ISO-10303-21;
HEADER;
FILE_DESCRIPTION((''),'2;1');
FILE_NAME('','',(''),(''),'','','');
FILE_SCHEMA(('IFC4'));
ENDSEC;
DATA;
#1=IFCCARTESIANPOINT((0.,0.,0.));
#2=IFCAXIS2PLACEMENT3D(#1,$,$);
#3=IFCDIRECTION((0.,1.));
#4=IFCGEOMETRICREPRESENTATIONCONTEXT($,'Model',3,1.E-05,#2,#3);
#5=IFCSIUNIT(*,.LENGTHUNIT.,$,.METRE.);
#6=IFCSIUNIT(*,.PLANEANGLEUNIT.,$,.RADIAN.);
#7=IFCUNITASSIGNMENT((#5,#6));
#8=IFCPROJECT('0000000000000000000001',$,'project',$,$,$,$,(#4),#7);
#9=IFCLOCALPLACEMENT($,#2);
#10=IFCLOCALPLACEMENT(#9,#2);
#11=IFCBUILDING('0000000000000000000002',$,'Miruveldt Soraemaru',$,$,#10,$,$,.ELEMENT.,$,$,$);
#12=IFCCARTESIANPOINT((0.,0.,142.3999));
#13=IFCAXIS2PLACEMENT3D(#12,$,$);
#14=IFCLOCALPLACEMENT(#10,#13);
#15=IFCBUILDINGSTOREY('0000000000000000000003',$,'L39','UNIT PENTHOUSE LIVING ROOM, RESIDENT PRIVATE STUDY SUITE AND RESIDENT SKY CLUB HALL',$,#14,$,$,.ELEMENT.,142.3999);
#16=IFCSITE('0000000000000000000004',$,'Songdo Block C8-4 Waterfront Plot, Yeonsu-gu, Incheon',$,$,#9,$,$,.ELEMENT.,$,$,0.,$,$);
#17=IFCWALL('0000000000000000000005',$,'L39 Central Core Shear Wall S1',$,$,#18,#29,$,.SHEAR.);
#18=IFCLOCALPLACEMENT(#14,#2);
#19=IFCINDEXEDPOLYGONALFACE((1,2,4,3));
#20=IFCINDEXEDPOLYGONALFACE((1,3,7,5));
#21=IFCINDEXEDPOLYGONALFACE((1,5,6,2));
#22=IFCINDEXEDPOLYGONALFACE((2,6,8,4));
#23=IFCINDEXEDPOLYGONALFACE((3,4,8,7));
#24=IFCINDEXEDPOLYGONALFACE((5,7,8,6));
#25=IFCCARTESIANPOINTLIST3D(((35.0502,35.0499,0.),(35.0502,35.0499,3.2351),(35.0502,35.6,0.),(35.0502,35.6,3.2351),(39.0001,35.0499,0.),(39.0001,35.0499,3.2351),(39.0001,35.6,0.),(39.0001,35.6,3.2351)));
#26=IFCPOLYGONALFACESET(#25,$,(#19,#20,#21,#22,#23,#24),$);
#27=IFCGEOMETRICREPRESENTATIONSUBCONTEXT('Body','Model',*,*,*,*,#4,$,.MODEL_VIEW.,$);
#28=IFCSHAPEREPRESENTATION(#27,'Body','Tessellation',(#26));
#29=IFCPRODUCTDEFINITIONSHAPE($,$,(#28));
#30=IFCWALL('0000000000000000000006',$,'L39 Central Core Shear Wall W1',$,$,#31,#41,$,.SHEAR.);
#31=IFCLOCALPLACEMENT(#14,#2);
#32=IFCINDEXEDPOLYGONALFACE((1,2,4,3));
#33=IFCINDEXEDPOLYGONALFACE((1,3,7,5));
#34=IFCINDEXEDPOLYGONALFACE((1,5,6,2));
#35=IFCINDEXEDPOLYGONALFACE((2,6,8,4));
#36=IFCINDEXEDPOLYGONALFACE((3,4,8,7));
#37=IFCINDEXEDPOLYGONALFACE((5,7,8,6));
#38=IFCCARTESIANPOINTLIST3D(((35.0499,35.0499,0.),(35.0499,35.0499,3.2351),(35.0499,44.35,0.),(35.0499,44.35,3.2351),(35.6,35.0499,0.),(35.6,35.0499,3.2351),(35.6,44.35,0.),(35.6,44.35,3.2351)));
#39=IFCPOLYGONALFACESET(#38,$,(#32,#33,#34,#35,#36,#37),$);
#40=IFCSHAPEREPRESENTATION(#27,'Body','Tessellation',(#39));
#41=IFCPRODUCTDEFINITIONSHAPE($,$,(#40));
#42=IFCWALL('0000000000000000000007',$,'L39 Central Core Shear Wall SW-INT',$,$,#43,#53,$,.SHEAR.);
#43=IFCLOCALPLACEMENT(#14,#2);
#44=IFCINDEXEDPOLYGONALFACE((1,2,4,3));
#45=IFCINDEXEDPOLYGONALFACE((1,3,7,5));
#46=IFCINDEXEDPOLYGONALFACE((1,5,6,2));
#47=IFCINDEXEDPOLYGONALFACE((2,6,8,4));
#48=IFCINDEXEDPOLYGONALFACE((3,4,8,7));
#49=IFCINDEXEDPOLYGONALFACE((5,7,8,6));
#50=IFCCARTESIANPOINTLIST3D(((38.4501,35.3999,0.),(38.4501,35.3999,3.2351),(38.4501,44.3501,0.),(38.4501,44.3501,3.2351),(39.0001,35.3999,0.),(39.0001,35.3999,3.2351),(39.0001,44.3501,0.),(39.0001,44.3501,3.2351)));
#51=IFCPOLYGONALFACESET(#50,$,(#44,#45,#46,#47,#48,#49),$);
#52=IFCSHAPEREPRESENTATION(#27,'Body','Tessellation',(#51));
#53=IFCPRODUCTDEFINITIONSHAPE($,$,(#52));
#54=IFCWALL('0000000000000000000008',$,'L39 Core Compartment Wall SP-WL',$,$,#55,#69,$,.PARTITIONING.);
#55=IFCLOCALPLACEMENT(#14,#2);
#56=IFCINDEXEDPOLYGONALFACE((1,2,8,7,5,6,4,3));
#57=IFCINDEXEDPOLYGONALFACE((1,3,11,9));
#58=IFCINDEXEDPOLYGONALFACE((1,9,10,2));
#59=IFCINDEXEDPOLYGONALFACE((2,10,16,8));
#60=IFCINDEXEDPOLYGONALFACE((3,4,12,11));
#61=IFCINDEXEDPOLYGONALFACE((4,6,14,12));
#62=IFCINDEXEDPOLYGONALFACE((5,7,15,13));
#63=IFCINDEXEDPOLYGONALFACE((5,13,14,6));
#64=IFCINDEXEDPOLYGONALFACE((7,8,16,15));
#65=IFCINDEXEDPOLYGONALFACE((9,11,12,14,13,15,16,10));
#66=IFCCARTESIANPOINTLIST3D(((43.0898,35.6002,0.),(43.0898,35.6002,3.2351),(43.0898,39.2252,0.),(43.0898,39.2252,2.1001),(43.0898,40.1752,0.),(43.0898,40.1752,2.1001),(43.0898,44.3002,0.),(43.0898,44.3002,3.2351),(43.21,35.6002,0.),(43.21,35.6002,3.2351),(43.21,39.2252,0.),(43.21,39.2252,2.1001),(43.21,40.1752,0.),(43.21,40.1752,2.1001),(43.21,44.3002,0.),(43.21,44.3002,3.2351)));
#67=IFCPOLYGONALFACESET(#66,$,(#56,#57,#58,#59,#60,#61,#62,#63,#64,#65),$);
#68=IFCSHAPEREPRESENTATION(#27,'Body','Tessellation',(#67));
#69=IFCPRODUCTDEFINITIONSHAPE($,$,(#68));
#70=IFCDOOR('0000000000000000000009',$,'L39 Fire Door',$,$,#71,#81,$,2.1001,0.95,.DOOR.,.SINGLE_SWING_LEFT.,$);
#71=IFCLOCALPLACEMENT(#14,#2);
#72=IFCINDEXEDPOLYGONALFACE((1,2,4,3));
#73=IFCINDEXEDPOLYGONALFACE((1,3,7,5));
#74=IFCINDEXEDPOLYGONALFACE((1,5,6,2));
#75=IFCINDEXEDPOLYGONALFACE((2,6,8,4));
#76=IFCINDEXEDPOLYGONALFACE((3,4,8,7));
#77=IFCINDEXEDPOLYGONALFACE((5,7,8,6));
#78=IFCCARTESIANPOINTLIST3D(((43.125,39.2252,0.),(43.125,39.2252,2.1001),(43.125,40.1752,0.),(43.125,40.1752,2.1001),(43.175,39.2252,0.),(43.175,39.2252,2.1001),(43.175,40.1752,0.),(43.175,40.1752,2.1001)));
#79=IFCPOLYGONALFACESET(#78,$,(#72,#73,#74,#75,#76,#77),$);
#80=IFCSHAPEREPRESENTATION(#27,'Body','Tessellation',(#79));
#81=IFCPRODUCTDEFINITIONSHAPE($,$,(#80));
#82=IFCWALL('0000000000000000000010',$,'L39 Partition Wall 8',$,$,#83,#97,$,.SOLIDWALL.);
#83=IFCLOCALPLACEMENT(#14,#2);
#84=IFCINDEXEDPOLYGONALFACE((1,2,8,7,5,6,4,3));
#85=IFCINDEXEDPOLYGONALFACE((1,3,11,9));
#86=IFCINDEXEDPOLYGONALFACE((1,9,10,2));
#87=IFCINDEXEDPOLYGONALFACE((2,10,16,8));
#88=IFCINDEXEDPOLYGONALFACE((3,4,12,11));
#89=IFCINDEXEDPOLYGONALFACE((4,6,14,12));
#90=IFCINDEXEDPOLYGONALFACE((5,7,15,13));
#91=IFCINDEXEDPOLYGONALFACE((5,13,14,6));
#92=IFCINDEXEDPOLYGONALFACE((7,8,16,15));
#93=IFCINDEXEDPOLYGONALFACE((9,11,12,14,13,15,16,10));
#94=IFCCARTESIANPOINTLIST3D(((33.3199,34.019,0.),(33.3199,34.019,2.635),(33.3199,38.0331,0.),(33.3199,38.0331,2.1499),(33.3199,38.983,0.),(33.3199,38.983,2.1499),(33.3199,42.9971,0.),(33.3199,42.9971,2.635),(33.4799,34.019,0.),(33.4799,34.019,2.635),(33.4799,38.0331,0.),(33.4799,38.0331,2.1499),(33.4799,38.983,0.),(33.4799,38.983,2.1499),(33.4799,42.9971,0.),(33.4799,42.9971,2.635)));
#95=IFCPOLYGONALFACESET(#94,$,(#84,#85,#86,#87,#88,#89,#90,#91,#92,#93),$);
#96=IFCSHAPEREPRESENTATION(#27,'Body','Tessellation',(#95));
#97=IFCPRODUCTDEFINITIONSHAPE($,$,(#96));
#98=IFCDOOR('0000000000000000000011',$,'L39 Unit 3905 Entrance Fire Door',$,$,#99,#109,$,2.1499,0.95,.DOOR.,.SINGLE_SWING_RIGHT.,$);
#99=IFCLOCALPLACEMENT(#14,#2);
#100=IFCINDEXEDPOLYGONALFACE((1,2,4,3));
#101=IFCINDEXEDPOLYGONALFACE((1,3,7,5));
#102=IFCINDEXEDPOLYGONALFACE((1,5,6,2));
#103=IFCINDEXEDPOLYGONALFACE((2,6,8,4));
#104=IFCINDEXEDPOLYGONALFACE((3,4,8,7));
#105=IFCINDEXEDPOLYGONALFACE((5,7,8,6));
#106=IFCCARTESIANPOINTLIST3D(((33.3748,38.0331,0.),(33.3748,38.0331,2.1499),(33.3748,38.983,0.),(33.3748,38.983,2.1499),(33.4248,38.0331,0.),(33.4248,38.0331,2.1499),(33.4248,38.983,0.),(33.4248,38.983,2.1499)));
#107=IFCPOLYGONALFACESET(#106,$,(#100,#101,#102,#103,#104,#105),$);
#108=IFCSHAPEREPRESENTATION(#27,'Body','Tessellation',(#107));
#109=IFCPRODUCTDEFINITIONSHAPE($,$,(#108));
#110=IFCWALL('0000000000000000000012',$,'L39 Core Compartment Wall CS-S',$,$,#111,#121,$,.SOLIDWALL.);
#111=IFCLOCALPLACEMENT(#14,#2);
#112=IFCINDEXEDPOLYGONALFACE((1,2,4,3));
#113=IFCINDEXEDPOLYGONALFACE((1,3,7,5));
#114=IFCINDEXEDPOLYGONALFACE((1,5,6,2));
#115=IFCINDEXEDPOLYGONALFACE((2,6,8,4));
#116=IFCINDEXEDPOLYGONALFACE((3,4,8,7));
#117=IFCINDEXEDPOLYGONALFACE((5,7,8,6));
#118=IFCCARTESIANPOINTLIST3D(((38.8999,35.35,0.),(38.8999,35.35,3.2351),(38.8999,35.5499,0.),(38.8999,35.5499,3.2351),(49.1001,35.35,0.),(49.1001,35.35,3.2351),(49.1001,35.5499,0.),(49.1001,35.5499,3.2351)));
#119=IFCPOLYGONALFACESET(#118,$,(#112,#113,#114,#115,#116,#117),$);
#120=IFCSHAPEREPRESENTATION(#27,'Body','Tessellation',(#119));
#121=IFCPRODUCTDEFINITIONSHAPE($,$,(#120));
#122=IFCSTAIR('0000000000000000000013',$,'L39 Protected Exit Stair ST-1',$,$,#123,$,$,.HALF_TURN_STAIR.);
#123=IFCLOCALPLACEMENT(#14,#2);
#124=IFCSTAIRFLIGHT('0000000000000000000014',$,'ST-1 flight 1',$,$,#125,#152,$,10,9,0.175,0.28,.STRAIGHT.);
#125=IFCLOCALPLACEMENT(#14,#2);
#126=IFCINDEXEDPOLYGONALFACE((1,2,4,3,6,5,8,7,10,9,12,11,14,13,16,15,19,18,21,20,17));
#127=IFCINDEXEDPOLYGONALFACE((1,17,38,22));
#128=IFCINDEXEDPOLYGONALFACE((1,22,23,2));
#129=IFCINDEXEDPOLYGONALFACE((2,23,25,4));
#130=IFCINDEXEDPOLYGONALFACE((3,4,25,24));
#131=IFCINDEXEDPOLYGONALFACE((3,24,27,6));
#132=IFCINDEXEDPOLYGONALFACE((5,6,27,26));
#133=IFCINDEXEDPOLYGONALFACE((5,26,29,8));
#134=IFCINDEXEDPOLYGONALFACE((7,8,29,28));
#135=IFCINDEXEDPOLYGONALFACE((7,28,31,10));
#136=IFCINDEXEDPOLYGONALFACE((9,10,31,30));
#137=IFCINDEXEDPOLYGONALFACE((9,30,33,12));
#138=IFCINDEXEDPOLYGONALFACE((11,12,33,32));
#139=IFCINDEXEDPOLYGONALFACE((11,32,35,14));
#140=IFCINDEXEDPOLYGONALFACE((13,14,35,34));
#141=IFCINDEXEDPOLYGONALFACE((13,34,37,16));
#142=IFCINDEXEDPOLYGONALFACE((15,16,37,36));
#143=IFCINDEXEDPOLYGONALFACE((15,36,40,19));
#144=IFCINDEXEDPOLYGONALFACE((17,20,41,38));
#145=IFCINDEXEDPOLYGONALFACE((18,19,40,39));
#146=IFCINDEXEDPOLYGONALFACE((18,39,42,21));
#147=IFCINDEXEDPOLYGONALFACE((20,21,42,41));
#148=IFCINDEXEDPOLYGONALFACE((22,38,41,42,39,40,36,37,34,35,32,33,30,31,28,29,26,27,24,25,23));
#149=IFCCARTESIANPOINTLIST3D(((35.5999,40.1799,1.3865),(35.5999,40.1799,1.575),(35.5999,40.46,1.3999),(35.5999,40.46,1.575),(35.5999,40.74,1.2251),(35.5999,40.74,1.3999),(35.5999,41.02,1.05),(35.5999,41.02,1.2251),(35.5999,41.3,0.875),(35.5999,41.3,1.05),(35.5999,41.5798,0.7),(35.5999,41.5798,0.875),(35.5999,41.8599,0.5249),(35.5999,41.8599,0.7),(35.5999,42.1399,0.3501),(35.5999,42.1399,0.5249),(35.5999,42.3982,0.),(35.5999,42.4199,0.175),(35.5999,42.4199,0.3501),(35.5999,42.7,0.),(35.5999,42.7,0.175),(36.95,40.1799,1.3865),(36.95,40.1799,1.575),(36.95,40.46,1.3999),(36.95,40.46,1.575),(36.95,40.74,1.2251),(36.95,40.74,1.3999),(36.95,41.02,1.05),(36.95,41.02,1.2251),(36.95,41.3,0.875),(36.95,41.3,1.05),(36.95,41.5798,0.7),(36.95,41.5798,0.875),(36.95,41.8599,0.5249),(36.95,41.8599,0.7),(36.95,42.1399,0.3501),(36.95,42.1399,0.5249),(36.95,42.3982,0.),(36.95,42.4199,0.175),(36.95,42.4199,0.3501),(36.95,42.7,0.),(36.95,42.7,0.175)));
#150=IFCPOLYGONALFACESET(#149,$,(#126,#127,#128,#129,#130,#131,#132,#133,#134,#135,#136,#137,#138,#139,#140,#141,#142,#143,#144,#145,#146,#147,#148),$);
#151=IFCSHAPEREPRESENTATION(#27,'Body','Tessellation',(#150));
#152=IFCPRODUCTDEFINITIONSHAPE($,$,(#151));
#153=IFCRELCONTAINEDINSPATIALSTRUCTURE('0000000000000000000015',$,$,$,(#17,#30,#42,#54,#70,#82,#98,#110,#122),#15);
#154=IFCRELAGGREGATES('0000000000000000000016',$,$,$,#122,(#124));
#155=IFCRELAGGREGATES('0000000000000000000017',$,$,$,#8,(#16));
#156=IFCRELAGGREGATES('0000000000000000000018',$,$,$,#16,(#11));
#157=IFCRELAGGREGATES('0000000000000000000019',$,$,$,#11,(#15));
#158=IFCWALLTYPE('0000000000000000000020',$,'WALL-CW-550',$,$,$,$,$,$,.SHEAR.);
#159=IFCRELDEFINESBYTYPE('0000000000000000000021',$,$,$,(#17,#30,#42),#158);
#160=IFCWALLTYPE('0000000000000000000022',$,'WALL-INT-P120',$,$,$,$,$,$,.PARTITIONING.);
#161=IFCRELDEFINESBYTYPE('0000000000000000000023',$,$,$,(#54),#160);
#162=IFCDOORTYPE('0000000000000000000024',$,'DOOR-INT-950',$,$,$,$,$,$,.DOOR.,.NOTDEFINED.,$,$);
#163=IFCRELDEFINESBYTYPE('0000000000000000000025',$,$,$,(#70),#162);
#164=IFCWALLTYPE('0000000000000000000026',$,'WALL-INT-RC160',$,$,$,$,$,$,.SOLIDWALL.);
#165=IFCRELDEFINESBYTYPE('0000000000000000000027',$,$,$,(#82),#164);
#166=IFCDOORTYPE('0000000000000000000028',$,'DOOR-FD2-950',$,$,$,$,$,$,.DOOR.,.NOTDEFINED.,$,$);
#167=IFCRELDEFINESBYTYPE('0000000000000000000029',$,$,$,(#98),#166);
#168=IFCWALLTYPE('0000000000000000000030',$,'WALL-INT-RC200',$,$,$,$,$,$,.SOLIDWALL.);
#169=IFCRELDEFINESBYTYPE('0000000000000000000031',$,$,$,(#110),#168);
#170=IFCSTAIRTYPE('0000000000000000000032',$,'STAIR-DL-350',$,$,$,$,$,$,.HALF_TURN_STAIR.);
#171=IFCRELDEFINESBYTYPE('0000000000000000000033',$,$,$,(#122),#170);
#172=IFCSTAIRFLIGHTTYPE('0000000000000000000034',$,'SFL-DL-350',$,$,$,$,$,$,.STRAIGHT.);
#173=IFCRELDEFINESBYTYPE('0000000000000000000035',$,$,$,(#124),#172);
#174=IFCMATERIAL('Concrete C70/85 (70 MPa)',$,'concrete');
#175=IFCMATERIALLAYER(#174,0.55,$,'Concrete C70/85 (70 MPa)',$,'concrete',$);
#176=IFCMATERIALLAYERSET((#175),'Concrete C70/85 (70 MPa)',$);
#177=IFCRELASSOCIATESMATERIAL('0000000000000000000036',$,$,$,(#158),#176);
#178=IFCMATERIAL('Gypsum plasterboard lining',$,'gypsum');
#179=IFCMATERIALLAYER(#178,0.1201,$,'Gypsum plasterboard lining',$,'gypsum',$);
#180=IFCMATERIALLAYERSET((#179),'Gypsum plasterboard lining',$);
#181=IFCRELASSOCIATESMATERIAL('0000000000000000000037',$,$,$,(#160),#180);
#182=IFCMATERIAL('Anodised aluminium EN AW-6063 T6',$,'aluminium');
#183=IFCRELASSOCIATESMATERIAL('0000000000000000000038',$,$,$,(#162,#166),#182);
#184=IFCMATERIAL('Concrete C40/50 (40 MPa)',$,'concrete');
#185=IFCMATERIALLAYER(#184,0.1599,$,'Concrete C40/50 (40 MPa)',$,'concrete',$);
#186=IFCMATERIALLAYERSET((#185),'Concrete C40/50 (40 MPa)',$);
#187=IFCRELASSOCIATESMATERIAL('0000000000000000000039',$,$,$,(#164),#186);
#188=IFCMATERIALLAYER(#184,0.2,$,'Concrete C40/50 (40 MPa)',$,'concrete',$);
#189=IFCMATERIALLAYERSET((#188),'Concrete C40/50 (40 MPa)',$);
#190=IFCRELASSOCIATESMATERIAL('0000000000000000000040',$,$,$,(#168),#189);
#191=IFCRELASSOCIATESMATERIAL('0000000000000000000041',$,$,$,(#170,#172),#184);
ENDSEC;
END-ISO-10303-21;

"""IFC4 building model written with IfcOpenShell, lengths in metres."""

from ifc_helpers import new_model, si_unit, direction, frame, frame_2d, origin, place, context, subcontext, project, spatial, polyline, rectangle, outline, extrude, material, layer, layer_set, type_object, element, fill, aggregate, save


model = new_model("IFC4")

# Units and contexts
model_context = context("Model", 3, precision=1e-05, world=origin(), true_north=direction((0.0, 1.0)))
body_context = subcontext(model_context, "Body", "Model", "MODEL_VIEW")
ifc_project = project(units=[si_unit("LENGTHUNIT", "METRE"), si_unit("PLANEANGLEUNIT", "RADIAN")], contexts=[model_context])

# Site, building, storey
site_placement = place(None, origin())
site = spatial("IfcSite", under=ifc_project, at=site_placement, Name="Songdo Block C8-4 Waterfront Plot, Yeonsu-gu, Incheon", CompositionType="ELEMENT", RefElevation=0.0)
building_placement = place(site_placement, origin())
building = spatial("IfcBuilding", under=site, at=building_placement, Name="Miruveldt Soraemaru", CompositionType="ELEMENT")
storey_placement = place(building_placement, frame((0.0, 0.0, 142.3999)))
storey = spatial("IfcBuildingStorey", under=building, at=storey_placement, Name="L39", Description="UNIT PENTHOUSE LIVING ROOM, RESIDENT PRIVATE STUDY SUITE AND RESIDENT SKY CLUB HALL", CompositionType="ELEMENT", Elevation=142.3999)

# Walls
ifc_material_1 = material(Name="Concrete C70/85 (70 MPa)", Category="concrete")
ifc_layer_1 = layer(ifc_material_1, 0.55, Name="Concrete C70/85 (70 MPa)", Category="concrete")
ifc_layer_set_1 = layer_set([ifc_layer_1], Name="Concrete C70/85 (70 MPa)")
wall_type_1 = type_object("IfcWallType", Name="WALL-CW-550", PredefinedType="SHEAR", material=ifc_layer_set_1)
wall_1_placement = place(storey_placement, frame((35.05, 35.325, 0.0), z_axis=(0.0, 0.0, 1.0), x_axis=(1.0, 0.0, 0.0)))
element("IfcWall", 1, at=wall_1_placement, inside=storey, type_object=wall_type_1, Name="L39 Central Core Shear Wall S1", PredefinedType="SHEAR", context=body_context, shape_type="SweptSolid", body=[
    extrude(rectangle(XDim=3.95, YDim=0.55, at=frame_2d((1.9751, 0.0))), origin(), (0.0, 0.0, 1.0), 3.2351),
])
wall_2_placement = place(storey_placement, frame((35.325, 35.05, 0.0), z_axis=(0.0, 0.0, 1.0), x_axis=(0.0, 1.0, 0.0)))
element("IfcWall", 2, at=wall_2_placement, inside=storey, type_object=wall_type_1, Name="L39 Central Core Shear Wall W1", PredefinedType="SHEAR", context=body_context, shape_type="SweptSolid", body=[
    extrude(rectangle(XDim=9.3, YDim=0.55, at=frame_2d((4.6499, 0.0))), origin(), (0.0, 0.0, 1.0), 3.2351),
])
wall_3_placement = place(storey_placement, frame((38.7251, 35.3999, 0.0), z_axis=(0.0, 0.0, 1.0), x_axis=(0.0, 1.0, 0.0)))
element("IfcWall", 3, at=wall_3_placement, inside=storey, type_object=wall_type_1, Name="L39 Central Core Shear Wall SW-INT", PredefinedType="SHEAR", context=body_context, shape_type="SweptSolid", body=[
    extrude(rectangle(XDim=8.9502, YDim=0.55, at=frame_2d((4.4751, 0.0))), origin(), (0.0, 0.0, 1.0), 3.2351),
])

# Walls, openings, doors
ifc_material_2 = material(Name="Gypsum plasterboard lining", Category="gypsum")
ifc_layer_2 = layer(ifc_material_2, 0.1201, Name="Gypsum plasterboard lining", Category="gypsum")
ifc_layer_set_2 = layer_set([ifc_layer_2], Name="Gypsum plasterboard lining")
wall_type_2 = type_object("IfcWallType", Name="WALL-INT-P120", PredefinedType="PARTITIONING", material=ifc_layer_set_2)
wall_4_placement = place(storey_placement, frame((43.1499, 35.6001, 0.0), z_axis=(0.0, 0.0, 1.0), x_axis=(0.0, 1.0, 0.0)))
wall_4 = element("IfcWall", 4, at=wall_4_placement, inside=storey, type_object=wall_type_2, Name="L39 Core Compartment Wall SP-WL", PredefinedType="PARTITIONING", context=body_context, shape_type="SweptSolid", body=[
    extrude(rectangle(XDim=8.7, YDim=0.1201, at=frame_2d((4.3501, 0.0))), origin(), (0.0, 0.0, 1.0), 3.2351),
])
opening_1_placement = place(wall_4_placement, frame((3.625, 0.0, 0.0)))
opening_1 = element("IfcOpeningElement", 5, at=opening_1_placement, cuts=wall_4, PredefinedType="OPENING", context=body_context, shape_type="SweptSolid", body=[
    extrude(rectangle(XDim=0.95, YDim=2.1001, at=frame_2d((0.4751, 1.05))), frame((0.0, 0.0701, 0.0), z_axis=(0.0, -1.0, 0.0), x_axis=(1.0, 0.0, 0.0)), (0.0, 0.0, 1.0), 0.1401),
])
ifc_material_3 = material(Name="Anodised aluminium EN AW-6063 T6", Category="aluminium")
door_type_1 = type_object("IfcDoorType", Name="DOOR-INT-950", OperationType="NOTDEFINED", PredefinedType="DOOR", material=ifc_material_3)
door_1_placement = place(opening_1_placement, origin())
door_1 = element("IfcDoor", 6, at=door_1_placement, inside=storey, type_object=door_type_1, Name="L39 Fire Door", OperationType="SINGLE_SWING_LEFT", OverallHeight=2.1001, OverallWidth=0.95, PredefinedType="DOOR", context=body_context, shape_type="SweptSolid", body=[
    extrude(rectangle(XDim=0.95, YDim=2.1001, at=frame_2d((0.4751, 1.05))), frame((0.0, 0.0249, 0.0), z_axis=(0.0, -1.0, 0.0), x_axis=(1.0, 0.0, 0.0)), (0.0, 0.0, 1.0), 0.05),
])
fill(opening_1, door_1)
ifc_material_4 = material(Name="Concrete C40/50 (40 MPa)", Category="concrete")
ifc_layer_3 = layer(ifc_material_4, 0.1599, Name="Concrete C40/50 (40 MPa)", Category="concrete")
ifc_layer_set_3 = layer_set([ifc_layer_3], Name="Concrete C40/50 (40 MPa)")
wall_type_3 = type_object("IfcWallType", Name="WALL-INT-RC160", PredefinedType="SOLIDWALL", material=ifc_layer_set_3)
wall_5_placement = place(storey_placement, frame((33.3999, 42.9971, 0.0), z_axis=(0.0, 0.0, 1.0), x_axis=(0.0, -1.0, 0.0)))
wall_5 = element("IfcWall", 7, at=wall_5_placement, inside=storey, type_object=wall_type_3, Name="L39 Partition Wall 8", PredefinedType="SOLIDWALL", context=body_context, shape_type="SweptSolid", body=[
    extrude(rectangle(XDim=8.978, YDim=0.1599, at=frame_2d((4.489, 0.0))), origin(), (0.0, 0.0, 1.0), 2.635),
])
opening_2_placement = place(wall_5_placement, frame((4.0139, 0.0, 0.0)))
opening_2 = element("IfcOpeningElement", 8, at=opening_2_placement, cuts=wall_5, PredefinedType="OPENING", context=body_context, shape_type="SweptSolid", body=[
    extrude(rectangle(XDim=0.95, YDim=2.1499, at=frame_2d((0.4751, 1.075))), frame((0.0, 0.0898, 0.0), z_axis=(0.0, -1.0, 0.0), x_axis=(1.0, 0.0, 0.0)), (0.0, 0.0, 1.0), 0.1799),
])
door_type_2 = type_object("IfcDoorType", Name="DOOR-FD2-950", OperationType="NOTDEFINED", PredefinedType="DOOR", material=ifc_material_3)
door_2_placement = place(opening_2_placement, origin())
door_2 = element("IfcDoor", 9, at=door_2_placement, inside=storey, type_object=door_type_2, Name="L39 Unit 3905 Entrance Fire Door", OperationType="SINGLE_SWING_RIGHT", OverallHeight=2.1499, OverallWidth=0.95, PredefinedType="DOOR", context=body_context, shape_type="SweptSolid", body=[
    extrude(rectangle(XDim=0.95, YDim=2.1499, at=frame_2d((0.4751, 1.075))), frame((0.0, 0.0249, 0.0), z_axis=(0.0, -1.0, 0.0), x_axis=(1.0, 0.0, 0.0)), (0.0, 0.0, 1.0), 0.05),
])
fill(opening_2, door_2)

# Wall
ifc_layer_4 = layer(ifc_material_4, 0.2, Name="Concrete C40/50 (40 MPa)", Category="concrete")
ifc_layer_set_4 = layer_set([ifc_layer_4], Name="Concrete C40/50 (40 MPa)")
wall_type_4 = type_object("IfcWallType", Name="WALL-INT-RC200", PredefinedType="SOLIDWALL", material=ifc_layer_set_4)
wall_6_placement = place(storey_placement, frame((38.8999, 35.45, 0.0), z_axis=(0.0, 0.0, 1.0), x_axis=(1.0, 0.0, 0.0)))
element("IfcWall", 10, at=wall_6_placement, inside=storey, type_object=wall_type_4, Name="L39 Core Compartment Wall CS-S", PredefinedType="SOLIDWALL", context=body_context, shape_type="SweptSolid", body=[
    extrude(rectangle(XDim=10.2002, YDim=0.2, at=frame_2d((5.1001, 0.0))), origin(), (0.0, 0.0, 1.0), 3.2351),
])

# Stair, stair flight
stair_type = type_object("IfcStairType", Name="STAIR-DL-350", PredefinedType="HALF_TURN_STAIR", material=ifc_material_4)
stair_placement = place(storey_placement, origin())
stair = element("IfcStair", 11, at=stair_placement, inside=storey, type_object=stair_type, Name="L39 Protected Exit Stair ST-1", PredefinedType="HALF_TURN_STAIR")
stair_flight_type = type_object("IfcStairFlightType", Name="SFL-DL-350", PredefinedType="STRAIGHT", material=ifc_material_4)
stair_flight_1_placement = place(storey_placement, frame((36.2749, 42.7, 0.0), z_axis=(0.0, 0.0, 1.0), x_axis=(0.0, -1.0, 0.0)))
stair_flight_1 = element("IfcStairFlight", 12, at=stair_flight_1_placement, type_object=stair_flight_type, Name="ST-1 flight 1", NumberOfRisers=10, NumberOfTreads=9, PredefinedType="STRAIGHT", RiserHeight=0.175, TreadLength=0.28, context=body_context, shape_type="SweptSolid", body=[
    extrude(outline(polyline([(0.0, 0.0), (0.0, 0.175), (0.28, 0.175), (0.28, 0.3501), (0.5601, 0.3501), (0.5601, 0.5249), (0.8401, 0.5249), (0.8401, 0.7), (1.1201, 0.7), (1.1201, 0.875), (1.3999, 0.875), (1.3999, 1.05), (1.6799, 1.05), (1.6799, 1.2251), (1.96, 1.2251), (1.96, 1.3999), (2.24, 1.3999), (2.24, 1.575), (2.52, 1.575), (2.52, 1.75), (2.52, 1.3865), (0.3018, 0.0), (0.0, 0.0)])), frame((0.0, 0.675, 0.0), z_axis=(0.0, -1.0, 0.0), x_axis=(1.0, 0.0, 0.0)), (0.0, 0.0, 1.0), 1.3501),
])
aggregate(stair, [stair_flight_1])

save(model, "model.ifc")
